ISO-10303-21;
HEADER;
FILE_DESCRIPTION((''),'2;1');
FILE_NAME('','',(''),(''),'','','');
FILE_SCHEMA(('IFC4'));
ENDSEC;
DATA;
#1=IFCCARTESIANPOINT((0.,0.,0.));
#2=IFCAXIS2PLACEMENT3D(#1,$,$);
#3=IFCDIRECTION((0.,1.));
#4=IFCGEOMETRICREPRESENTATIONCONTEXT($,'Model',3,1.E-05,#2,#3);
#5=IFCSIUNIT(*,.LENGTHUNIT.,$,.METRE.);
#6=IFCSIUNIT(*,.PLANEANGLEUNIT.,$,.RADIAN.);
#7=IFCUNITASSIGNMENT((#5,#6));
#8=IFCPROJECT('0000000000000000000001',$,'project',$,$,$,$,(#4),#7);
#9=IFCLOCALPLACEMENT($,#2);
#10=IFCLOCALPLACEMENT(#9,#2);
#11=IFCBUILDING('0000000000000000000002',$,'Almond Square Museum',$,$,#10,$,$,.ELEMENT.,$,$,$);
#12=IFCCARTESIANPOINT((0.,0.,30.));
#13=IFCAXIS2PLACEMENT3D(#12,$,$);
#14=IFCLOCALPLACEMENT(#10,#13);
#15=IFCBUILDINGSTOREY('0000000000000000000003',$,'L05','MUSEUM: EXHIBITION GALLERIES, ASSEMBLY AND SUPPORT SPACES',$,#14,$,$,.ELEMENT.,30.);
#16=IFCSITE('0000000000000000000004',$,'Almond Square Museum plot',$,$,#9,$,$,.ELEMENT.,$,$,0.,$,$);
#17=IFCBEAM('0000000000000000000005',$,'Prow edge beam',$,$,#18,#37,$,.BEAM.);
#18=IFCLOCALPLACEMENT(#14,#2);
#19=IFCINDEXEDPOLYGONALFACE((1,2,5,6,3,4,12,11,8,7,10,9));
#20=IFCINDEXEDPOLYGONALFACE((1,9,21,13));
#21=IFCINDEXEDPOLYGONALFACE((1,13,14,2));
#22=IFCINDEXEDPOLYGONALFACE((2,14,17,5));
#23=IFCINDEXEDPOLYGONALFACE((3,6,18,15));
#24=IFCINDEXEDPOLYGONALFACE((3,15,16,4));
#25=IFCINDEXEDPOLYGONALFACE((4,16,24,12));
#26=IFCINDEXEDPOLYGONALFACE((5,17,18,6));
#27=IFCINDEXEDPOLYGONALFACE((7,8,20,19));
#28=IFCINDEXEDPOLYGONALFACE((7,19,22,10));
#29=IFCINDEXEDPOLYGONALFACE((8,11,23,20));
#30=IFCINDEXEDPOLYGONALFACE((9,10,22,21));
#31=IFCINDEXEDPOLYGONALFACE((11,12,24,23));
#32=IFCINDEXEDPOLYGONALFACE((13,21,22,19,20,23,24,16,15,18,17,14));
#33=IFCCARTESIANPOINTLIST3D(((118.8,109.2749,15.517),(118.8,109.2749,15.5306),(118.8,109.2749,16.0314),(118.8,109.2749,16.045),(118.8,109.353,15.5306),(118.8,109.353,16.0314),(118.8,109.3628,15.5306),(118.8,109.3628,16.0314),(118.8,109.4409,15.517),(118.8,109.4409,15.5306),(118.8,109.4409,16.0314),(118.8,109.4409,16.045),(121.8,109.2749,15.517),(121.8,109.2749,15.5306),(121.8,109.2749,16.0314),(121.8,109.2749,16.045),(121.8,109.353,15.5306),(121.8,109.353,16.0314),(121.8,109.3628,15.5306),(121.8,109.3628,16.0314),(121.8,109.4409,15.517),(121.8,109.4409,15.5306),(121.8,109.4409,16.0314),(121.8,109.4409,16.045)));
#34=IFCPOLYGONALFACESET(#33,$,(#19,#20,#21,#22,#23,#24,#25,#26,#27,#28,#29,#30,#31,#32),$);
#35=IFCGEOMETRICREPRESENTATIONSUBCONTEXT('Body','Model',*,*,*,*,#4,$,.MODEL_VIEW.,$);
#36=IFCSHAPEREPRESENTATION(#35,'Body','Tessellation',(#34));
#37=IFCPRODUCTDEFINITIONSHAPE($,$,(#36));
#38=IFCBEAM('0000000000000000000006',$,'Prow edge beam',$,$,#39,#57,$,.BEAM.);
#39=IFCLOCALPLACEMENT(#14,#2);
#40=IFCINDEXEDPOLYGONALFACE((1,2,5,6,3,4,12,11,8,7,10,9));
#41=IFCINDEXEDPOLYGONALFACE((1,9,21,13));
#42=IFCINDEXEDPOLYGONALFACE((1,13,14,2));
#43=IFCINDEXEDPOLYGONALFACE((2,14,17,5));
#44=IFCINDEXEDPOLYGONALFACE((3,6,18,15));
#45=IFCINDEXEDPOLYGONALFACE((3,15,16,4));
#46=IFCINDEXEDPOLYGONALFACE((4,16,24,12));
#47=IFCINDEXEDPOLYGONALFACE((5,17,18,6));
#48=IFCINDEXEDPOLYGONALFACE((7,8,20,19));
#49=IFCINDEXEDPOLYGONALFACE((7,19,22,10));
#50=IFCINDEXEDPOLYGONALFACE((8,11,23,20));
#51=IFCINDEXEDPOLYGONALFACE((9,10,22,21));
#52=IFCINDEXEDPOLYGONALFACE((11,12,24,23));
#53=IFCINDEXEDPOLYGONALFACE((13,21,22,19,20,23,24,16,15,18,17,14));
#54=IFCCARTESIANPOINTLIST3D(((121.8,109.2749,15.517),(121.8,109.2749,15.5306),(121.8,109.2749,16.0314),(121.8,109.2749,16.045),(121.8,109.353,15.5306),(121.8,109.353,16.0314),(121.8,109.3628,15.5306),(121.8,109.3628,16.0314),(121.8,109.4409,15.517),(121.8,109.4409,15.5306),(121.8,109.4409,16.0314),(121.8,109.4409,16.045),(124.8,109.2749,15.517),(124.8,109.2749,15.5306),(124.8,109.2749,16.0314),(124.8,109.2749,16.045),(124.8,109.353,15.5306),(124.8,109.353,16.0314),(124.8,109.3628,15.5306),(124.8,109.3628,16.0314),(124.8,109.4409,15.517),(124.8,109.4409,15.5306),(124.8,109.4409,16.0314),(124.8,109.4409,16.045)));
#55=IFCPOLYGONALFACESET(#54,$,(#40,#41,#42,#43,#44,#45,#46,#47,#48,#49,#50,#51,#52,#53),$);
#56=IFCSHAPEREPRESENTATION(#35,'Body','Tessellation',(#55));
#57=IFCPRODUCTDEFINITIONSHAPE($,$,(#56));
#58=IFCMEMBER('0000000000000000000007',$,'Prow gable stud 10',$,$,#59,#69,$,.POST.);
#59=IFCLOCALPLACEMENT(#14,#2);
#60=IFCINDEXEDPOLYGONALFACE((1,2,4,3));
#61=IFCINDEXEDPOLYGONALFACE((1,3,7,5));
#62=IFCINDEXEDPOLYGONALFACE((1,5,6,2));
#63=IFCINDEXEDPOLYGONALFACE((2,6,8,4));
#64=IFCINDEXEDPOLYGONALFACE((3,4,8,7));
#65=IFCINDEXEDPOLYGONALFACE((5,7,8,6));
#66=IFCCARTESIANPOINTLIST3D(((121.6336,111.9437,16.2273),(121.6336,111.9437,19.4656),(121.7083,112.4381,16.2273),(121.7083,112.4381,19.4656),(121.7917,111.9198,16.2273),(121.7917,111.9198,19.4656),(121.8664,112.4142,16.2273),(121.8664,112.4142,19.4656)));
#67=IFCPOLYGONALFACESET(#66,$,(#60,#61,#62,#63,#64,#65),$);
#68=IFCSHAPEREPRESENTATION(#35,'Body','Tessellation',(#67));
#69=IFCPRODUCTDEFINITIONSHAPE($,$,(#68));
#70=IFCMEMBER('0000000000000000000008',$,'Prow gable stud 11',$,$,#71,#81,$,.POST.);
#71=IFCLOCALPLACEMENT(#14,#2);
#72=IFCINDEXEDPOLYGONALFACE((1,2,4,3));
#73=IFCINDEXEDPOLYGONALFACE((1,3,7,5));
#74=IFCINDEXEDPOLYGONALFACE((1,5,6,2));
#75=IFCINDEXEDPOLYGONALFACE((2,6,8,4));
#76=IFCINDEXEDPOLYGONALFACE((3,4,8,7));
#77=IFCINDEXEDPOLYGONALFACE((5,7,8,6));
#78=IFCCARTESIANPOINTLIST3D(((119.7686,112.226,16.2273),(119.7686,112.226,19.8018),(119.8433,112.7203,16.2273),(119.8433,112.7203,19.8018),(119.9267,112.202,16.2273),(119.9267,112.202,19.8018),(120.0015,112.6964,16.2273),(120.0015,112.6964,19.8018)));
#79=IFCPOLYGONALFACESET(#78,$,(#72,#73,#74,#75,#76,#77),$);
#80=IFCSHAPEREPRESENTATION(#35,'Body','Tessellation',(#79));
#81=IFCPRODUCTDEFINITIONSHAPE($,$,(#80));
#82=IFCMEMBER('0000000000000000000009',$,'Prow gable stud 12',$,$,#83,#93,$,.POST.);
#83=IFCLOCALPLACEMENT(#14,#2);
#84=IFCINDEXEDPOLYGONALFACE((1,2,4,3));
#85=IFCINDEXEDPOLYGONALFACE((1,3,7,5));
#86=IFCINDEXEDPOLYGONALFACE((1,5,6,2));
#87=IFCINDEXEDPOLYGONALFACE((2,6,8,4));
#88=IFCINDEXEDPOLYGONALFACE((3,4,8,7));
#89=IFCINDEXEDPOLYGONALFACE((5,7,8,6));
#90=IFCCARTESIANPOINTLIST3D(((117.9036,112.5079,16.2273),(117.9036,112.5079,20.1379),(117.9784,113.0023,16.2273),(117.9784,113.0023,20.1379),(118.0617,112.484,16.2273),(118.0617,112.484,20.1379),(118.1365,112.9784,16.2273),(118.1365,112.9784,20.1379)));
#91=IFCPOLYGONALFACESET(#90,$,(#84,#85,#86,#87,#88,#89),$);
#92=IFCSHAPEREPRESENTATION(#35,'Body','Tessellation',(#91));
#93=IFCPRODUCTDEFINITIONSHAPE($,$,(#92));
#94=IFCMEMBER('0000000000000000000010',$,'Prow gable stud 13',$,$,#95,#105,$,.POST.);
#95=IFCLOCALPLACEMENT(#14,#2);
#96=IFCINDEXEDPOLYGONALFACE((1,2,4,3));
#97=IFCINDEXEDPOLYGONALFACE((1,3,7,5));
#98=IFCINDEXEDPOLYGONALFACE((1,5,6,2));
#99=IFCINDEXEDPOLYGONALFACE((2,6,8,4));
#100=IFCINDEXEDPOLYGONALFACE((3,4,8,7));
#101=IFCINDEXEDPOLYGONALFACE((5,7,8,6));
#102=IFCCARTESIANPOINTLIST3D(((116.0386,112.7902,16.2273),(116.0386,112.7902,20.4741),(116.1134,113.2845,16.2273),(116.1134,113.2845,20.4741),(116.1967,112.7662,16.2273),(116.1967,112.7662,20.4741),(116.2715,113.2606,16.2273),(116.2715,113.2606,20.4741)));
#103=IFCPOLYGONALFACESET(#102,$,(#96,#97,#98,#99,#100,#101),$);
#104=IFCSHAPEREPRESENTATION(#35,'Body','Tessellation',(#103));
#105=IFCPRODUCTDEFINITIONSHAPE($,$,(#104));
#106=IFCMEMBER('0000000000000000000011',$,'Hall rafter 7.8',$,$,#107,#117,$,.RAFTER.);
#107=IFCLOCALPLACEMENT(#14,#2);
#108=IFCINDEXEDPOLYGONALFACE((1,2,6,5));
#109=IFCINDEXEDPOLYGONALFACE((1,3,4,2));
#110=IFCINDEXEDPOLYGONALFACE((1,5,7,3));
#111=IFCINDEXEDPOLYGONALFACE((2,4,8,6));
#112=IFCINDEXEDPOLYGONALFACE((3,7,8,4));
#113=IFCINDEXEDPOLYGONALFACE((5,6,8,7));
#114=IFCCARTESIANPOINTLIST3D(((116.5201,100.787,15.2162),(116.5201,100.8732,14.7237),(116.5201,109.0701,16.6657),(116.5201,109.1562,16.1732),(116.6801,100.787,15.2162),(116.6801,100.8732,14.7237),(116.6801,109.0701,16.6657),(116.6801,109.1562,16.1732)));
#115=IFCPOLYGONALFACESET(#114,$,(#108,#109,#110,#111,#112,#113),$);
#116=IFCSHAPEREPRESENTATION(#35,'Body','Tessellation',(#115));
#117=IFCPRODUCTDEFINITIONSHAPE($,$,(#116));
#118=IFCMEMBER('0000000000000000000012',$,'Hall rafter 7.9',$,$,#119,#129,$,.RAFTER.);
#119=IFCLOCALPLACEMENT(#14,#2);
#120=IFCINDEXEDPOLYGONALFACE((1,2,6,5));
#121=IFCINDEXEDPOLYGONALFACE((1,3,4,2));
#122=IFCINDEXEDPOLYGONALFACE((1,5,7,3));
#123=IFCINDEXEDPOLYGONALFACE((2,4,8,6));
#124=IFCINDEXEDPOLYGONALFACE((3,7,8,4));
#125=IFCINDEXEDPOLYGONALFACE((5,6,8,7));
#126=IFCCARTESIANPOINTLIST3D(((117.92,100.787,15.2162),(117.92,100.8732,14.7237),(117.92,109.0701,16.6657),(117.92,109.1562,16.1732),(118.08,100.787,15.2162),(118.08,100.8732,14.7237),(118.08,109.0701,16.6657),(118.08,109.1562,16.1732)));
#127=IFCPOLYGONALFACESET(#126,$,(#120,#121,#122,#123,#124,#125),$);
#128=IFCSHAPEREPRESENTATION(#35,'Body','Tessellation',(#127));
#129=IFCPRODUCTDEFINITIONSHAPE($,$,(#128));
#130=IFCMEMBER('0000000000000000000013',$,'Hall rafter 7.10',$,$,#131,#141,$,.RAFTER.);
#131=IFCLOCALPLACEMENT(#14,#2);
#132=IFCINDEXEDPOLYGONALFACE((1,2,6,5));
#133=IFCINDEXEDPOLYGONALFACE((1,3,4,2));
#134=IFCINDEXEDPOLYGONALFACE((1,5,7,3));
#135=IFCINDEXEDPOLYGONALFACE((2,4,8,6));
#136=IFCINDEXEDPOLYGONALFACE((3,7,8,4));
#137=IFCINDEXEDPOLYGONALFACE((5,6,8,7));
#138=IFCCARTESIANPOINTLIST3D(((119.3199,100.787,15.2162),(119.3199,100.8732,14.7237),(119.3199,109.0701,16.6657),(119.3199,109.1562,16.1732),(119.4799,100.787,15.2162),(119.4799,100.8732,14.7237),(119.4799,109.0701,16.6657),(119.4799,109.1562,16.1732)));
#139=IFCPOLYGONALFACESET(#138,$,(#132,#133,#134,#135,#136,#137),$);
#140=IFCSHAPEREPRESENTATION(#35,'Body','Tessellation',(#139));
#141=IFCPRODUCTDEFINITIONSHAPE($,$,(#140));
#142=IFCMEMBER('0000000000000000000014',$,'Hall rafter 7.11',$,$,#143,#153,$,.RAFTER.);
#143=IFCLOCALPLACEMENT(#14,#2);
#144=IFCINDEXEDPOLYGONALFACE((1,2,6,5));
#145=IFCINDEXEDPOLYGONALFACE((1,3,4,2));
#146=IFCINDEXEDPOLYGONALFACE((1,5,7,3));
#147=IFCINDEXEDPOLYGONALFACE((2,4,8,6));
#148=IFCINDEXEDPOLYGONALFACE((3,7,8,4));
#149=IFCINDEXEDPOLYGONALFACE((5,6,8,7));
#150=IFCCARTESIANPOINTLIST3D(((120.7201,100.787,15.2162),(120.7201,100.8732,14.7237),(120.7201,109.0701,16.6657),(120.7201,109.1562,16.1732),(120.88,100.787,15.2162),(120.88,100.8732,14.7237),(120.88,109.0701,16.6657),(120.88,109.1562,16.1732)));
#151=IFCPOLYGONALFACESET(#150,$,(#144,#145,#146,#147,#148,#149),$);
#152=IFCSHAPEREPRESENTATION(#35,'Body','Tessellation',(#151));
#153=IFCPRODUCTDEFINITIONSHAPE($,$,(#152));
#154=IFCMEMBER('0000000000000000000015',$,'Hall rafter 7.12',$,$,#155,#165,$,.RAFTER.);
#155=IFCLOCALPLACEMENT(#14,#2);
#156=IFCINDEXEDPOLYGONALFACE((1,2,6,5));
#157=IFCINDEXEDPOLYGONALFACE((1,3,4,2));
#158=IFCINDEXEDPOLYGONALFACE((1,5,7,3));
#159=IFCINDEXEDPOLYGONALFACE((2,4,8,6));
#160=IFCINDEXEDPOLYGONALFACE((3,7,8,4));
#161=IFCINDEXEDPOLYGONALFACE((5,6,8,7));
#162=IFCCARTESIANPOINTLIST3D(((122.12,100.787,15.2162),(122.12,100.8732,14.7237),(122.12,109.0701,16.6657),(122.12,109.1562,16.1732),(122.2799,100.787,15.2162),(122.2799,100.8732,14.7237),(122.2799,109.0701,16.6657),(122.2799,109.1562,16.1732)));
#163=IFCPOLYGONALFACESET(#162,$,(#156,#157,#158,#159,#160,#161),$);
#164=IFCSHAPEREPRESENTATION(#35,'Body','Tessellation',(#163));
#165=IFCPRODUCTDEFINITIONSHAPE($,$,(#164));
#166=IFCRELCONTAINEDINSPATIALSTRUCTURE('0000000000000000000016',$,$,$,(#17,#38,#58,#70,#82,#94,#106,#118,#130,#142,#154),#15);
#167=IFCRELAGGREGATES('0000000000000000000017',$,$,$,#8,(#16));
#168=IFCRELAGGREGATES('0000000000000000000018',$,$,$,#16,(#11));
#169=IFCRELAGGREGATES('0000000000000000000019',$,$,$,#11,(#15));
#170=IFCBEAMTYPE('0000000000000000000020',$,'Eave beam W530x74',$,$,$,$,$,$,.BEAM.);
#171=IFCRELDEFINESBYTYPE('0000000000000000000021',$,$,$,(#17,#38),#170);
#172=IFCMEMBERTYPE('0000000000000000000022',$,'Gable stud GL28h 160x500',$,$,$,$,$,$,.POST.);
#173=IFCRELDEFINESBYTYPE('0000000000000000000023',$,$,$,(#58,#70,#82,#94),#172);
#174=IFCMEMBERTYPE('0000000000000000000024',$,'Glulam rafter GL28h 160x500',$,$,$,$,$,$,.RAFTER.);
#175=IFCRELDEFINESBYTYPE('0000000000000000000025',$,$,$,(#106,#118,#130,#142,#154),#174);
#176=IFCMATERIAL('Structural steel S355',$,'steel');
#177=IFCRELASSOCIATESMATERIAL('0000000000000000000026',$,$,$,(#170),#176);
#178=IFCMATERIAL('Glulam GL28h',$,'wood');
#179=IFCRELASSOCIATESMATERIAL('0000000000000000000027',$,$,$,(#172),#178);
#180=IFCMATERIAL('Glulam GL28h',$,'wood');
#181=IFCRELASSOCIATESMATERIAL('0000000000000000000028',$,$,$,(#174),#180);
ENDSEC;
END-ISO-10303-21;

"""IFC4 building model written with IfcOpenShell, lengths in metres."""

from ifc_helpers import new_model, si_unit, direction, frame, origin, origin_2d, place, context, subcontext, project, spatial, rectangle, i_section, extrude, material, material_profile, profile_set, type_object, element, save


model = new_model("IFC4")

# Units and contexts
model_context = context("Model", 3, precision=1e-05, world=origin(), true_north=direction((0.0, 1.0)))
body_context = subcontext(model_context, "Body", "Model", "MODEL_VIEW")
ifc_project = project(units=[si_unit("LENGTHUNIT", "METRE"), si_unit("PLANEANGLEUNIT", "RADIAN")], contexts=[model_context])

# Site, building, storey
site_placement = place(None, origin())
site = spatial("IfcSite", under=ifc_project, at=site_placement, Name="Almond Square Museum plot", CompositionType="ELEMENT", RefElevation=0.0)
building_placement = place(site_placement, origin())
building = spatial("IfcBuilding", under=site, at=building_placement, Name="Almond Square Museum", CompositionType="ELEMENT")
storey_placement = place(building_placement, frame((0.0, 0.0, 30.0)))
storey = spatial("IfcBuildingStorey", under=building, at=storey_placement, Name="L05", Description="MUSEUM: EXHIBITION GALLERIES, ASSEMBLY AND SUPPORT SPACES", CompositionType="ELEMENT", Elevation=30.0)

# Beams
ifc_material_1 = material(Name="Structural steel S355", Category="steel")
ifc_material_profile_1 = material_profile(ifc_material_1, i_section(OverallWidth=0.166, OverallDepth=0.5281, WebThickness=0.0098, FlangeThickness=0.0137, at=origin_2d()))
ifc_profile_set_1 = profile_set([ifc_material_profile_1], Name="Structural steel S355")
beam_type = type_object("IfcBeamType", Name="Eave beam W530x74", PredefinedType="BEAM", material=ifc_profile_set_1)
for number, where, z_axis, x_axis, name in (
    (1, (118.8, 109.3579, 15.781), (1.0, 0.0, 0.0), (0.0, 1.0, 0.0), "Prow edge beam"),
    (2, (121.8, 109.3579, 15.781), (1.0, 0.0, 0.0), (0.0, 1.0, 0.0), "Prow edge beam"),
):
    element("IfcBeam", number, at=place(storey_placement, frame(where, z_axis=z_axis, x_axis=x_axis)), inside=storey, type_object=beam_type, Name=name, PredefinedType="BEAM", context=body_context, shape_type="SweptSolid", body=[
        extrude(i_section(OverallWidth=0.166, OverallDepth=0.5281, WebThickness=0.0098, FlangeThickness=0.0137, at=origin_2d()), origin(), (0.0, 0.0, 1.0), 3.0),
    ])

# Members
ifc_material_2 = material(Name="Glulam GL28h", Category="wood")
ifc_material_profile_2 = material_profile(ifc_material_2, rectangle(XDim=0.1599, YDim=0.5, at=origin_2d()))
ifc_profile_set_2 = profile_set([ifc_material_profile_2], Name="Glulam GL28h")
member_type_1 = type_object("IfcMemberType", Name="Gable stud GL28h 160x500", PredefinedType="POST", material=ifc_profile_set_2)
member_1_placement = place(storey_placement, frame((121.75, 112.179, 16.2273), z_axis=(0.0, 0.0, 1.0), x_axis=(-0.988753, 0.149559, 0.0)))
element("IfcMember", 3, at=member_1_placement, inside=storey, type_object=member_type_1, Name="Prow gable stud 10", PredefinedType="POST", context=body_context, shape_type="SweptSolid", body=[
    extrude(rectangle(XDim=0.1599, YDim=0.5, at=origin_2d()), origin(), (0.0, 0.0, 1.0), 3.2383),
])
member_2_placement = place(storey_placement, frame((119.885, 112.4612, 16.2273), z_axis=(0.0, 0.0, 1.0), x_axis=(-0.988753, 0.149559, 0.0)))
element("IfcMember", 4, at=member_2_placement, inside=storey, type_object=member_type_1, Name="Prow gable stud 11", PredefinedType="POST", context=body_context, shape_type="SweptSolid", body=[
    extrude(rectangle(XDim=0.1599, YDim=0.5, at=origin_2d()), origin(), (0.0, 0.0, 1.0), 3.5745),
])
member_3_placement = place(storey_placement, frame((118.02, 112.7432, 16.2273), z_axis=(0.0, 0.0, 1.0), x_axis=(-0.988753, 0.149559, 0.0)))
element("IfcMember", 5, at=member_3_placement, inside=storey, type_object=member_type_1, Name="Prow gable stud 12", PredefinedType="POST", context=body_context, shape_type="SweptSolid", body=[
    extrude(rectangle(XDim=0.1599, YDim=0.5, at=origin_2d()), origin(), (0.0, 0.0, 1.0), 3.9106),
])
member_4_placement = place(storey_placement, frame((116.155, 113.0254, 16.2273), z_axis=(0.0, 0.0, 1.0), x_axis=(-0.988753, 0.149559, 0.0)))
element("IfcMember", 6, at=member_4_placement, inside=storey, type_object=member_type_1, Name="Prow gable stud 13", PredefinedType="POST", context=body_context, shape_type="SweptSolid", body=[
    extrude(rectangle(XDim=0.1599, YDim=0.5, at=origin_2d()), origin(), (0.0, 0.0, 1.0), 4.2468),
])
ifc_material_3 = material(Name="Glulam GL28h", Category="wood")
ifc_material_profile_3 = material_profile(ifc_material_3, rectangle(XDim=0.1599, YDim=0.5, at=origin_2d()))
ifc_profile_set_3 = profile_set([ifc_material_profile_3], Name="Glulam GL28h")
member_type_2 = type_object("IfcMemberType", Name="Glulam rafter GL28h 160x500", PredefinedType="RAFTER", material=ifc_profile_set_3)
for number, where, z_axis, x_axis, name in (
    (7, (116.6001, 100.8301, 14.97), (0.0, 0.985032, 0.172374), (-1.0, 0.0, 0.0), "Hall rafter 7.8"),
    (8, (118.0, 100.8301, 14.97), (0.0, 0.985032, 0.172374), (-1.0, 0.0, 0.0), "Hall rafter 7.9"),
    (9, (119.3999, 100.8301, 14.97), (0.0, 0.985032, 0.172374), (-1.0, 0.0, 0.0), "Hall rafter 7.10"),
    (10, (120.8, 100.8301, 14.97), (0.0, 0.985032, 0.172374), (-1.0, 0.0, 0.0), "Hall rafter 7.11"),
    (11, (122.2, 100.8301, 14.97), (0.0, 0.985032, 0.172374), (-1.0, 0.0, 0.0), "Hall rafter 7.12"),
):
    element("IfcMember", number, at=place(storey_placement, frame(where, z_axis=z_axis, x_axis=x_axis)), inside=storey, type_object=member_type_2, Name=name, PredefinedType="RAFTER", context=body_context, shape_type="SweptSolid", body=[
        extrude(rectangle(XDim=0.1599, YDim=0.5, at=origin_2d()), origin(), (0.0, 0.0, 1.0), 8.4089),
    ])

save(model, "model.ifc")
